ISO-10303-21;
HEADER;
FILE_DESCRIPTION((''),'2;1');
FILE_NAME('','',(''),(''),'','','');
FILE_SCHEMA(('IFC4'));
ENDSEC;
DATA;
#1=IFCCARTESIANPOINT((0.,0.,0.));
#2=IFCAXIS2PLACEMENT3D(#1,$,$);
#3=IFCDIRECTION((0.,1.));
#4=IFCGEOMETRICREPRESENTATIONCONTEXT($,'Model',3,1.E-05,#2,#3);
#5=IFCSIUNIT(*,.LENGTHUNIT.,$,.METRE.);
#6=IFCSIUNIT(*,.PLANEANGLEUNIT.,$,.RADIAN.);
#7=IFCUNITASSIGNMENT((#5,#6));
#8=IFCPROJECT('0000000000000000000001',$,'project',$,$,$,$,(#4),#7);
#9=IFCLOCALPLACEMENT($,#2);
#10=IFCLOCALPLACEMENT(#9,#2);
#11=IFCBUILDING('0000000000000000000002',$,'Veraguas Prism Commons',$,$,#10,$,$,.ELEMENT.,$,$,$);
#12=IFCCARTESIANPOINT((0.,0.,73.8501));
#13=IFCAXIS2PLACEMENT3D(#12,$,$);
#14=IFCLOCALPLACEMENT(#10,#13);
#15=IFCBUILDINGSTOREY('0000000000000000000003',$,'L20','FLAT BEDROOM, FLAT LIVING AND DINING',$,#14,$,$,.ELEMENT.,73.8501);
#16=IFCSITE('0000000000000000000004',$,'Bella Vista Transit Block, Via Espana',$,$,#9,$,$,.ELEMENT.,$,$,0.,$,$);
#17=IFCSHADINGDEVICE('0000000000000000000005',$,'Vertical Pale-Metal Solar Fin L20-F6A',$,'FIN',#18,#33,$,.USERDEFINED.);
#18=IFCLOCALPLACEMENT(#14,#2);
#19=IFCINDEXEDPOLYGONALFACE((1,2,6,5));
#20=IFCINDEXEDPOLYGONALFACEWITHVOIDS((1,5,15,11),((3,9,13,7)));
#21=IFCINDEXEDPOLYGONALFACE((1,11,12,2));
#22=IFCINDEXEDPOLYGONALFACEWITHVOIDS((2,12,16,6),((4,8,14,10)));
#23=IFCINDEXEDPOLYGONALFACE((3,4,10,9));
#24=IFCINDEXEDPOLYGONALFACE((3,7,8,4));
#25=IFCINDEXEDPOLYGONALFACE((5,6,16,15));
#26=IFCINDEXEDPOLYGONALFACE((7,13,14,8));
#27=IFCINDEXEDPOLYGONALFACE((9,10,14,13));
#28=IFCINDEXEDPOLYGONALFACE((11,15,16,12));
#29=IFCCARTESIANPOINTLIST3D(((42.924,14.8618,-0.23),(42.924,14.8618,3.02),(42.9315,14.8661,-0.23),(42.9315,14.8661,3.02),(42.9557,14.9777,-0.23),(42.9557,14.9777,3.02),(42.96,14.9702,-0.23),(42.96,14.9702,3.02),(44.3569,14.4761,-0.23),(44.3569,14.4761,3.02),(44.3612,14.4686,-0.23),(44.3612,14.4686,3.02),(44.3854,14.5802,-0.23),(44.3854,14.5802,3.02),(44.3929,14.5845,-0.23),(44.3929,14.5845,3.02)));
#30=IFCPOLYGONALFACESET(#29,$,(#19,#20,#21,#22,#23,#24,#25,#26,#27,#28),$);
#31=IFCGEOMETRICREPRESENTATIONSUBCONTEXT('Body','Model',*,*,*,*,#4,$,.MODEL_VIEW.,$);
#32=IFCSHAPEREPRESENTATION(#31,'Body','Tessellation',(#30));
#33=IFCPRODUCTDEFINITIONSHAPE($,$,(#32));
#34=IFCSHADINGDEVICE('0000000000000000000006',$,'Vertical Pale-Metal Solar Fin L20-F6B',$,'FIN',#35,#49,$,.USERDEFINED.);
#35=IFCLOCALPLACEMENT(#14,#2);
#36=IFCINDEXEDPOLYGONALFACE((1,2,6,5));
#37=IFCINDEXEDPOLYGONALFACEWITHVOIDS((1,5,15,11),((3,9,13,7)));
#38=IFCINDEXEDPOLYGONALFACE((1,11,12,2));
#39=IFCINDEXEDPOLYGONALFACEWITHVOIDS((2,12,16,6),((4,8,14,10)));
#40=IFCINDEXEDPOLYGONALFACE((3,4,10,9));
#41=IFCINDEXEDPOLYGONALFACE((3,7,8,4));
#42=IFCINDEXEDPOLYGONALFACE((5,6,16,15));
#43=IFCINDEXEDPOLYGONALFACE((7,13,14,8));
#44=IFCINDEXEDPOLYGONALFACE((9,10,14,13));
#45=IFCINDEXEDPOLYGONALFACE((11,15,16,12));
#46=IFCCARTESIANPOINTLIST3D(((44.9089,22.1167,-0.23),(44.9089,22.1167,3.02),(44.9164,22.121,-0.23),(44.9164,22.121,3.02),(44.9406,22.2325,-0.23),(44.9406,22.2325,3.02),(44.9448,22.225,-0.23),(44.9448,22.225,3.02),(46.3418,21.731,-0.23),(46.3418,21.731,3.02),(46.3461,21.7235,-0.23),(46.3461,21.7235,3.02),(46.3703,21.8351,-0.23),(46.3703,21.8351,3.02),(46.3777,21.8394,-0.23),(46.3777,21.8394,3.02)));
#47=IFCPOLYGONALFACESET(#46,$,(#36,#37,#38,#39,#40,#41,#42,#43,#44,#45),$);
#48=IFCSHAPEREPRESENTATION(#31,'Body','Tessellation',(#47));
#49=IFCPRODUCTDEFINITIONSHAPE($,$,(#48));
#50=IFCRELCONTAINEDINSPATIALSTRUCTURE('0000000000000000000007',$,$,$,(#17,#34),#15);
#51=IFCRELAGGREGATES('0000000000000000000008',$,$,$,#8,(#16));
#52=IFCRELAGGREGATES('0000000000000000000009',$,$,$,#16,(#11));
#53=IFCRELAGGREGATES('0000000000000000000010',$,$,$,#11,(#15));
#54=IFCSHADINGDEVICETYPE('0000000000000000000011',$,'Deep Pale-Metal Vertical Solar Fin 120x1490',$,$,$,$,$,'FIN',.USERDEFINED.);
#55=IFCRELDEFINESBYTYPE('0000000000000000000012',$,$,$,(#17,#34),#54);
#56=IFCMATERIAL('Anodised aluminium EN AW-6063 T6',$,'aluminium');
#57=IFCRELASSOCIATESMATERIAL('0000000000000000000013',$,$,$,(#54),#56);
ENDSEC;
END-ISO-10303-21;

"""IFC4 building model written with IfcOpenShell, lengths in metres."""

from ifc_helpers import new_model, si_unit, direction, frame, origin, origin_2d, place, context, subcontext, project, spatial, hollow_rectangle, extrude, material, material_profile, profile_set, type_object, element, save


model = new_model("IFC4")

# Units and contexts
model_context = context("Model", 3, precision=1e-05, world=origin(), true_north=direction((0.0, 1.0)))
body_context = subcontext(model_context, "Body", "Model", "MODEL_VIEW")
ifc_project = project(units=[si_unit("LENGTHUNIT", "METRE"), si_unit("PLANEANGLEUNIT", "RADIAN")], contexts=[model_context])

# Site, building, storey
site_placement = place(None, origin())
site = spatial("IfcSite", under=ifc_project, at=site_placement, Name="Bella Vista Transit Block, Via Espana", CompositionType="ELEMENT", RefElevation=0.0)
building_placement = place(site_placement, origin())
building = spatial("IfcBuilding", under=site, at=building_placement, Name="Veraguas Prism Commons", CompositionType="ELEMENT")
storey_placement = place(building_placement, frame((0.0, 0.0, 73.8501)))
storey = spatial("IfcBuildingStorey", under=building, at=storey_placement, Name="L20", Description="FLAT BEDROOM, FLAT LIVING AND DINING", CompositionType="ELEMENT", Elevation=73.8501)

# Shared definitions
ifc_material_1 = material(Name="Anodised aluminium EN AW-6063 T6", Category="aluminium")

# Shading devices
ifc_material_profile_1 = material_profile(ifc_material_1, hollow_rectangle(XDim=0.1201, YDim=1.49, WallThickness=0.0061, at=origin_2d()), Name="FIN120X1490X6")
ifc_profile_set_1 = profile_set([ifc_material_profile_1], Name="Anodised aluminium EN AW-6063 T6")
shading_device_type = type_object("IfcShadingDeviceType", Name="Deep Pale-Metal Vertical Solar Fin 120x1490", ElementType="FIN", PredefinedType="USERDEFINED", material=ifc_profile_set_1)
for number, where, z_axis, x_axis, name in (
    (1, (43.6584, 14.7231, -0.23), (0.0, 0.0, 1.0), (0.263876, 0.964556, 0.0), "Vertical Pale-Metal Solar Fin L20-F6A"),
    (2, (45.6433, 21.978, -0.23), (0.0, 0.0, 1.0), (0.263876, 0.964556, 0.0), "Vertical Pale-Metal Solar Fin L20-F6B"),
):
    element("IfcShadingDevice", number, at=place(storey_placement, frame(where, z_axis=z_axis, x_axis=x_axis)), inside=storey, type_object=shading_device_type, Name=name, ObjectType="FIN", PredefinedType="USERDEFINED", context=body_context, shape_type="SweptSolid", body=[
        extrude(hollow_rectangle(XDim=0.1201, YDim=1.49, WallThickness=0.0061, at=origin_2d()), origin(), (0.0, 0.0, 1.0), 3.25),
    ])

save(model, "model.ifc")
